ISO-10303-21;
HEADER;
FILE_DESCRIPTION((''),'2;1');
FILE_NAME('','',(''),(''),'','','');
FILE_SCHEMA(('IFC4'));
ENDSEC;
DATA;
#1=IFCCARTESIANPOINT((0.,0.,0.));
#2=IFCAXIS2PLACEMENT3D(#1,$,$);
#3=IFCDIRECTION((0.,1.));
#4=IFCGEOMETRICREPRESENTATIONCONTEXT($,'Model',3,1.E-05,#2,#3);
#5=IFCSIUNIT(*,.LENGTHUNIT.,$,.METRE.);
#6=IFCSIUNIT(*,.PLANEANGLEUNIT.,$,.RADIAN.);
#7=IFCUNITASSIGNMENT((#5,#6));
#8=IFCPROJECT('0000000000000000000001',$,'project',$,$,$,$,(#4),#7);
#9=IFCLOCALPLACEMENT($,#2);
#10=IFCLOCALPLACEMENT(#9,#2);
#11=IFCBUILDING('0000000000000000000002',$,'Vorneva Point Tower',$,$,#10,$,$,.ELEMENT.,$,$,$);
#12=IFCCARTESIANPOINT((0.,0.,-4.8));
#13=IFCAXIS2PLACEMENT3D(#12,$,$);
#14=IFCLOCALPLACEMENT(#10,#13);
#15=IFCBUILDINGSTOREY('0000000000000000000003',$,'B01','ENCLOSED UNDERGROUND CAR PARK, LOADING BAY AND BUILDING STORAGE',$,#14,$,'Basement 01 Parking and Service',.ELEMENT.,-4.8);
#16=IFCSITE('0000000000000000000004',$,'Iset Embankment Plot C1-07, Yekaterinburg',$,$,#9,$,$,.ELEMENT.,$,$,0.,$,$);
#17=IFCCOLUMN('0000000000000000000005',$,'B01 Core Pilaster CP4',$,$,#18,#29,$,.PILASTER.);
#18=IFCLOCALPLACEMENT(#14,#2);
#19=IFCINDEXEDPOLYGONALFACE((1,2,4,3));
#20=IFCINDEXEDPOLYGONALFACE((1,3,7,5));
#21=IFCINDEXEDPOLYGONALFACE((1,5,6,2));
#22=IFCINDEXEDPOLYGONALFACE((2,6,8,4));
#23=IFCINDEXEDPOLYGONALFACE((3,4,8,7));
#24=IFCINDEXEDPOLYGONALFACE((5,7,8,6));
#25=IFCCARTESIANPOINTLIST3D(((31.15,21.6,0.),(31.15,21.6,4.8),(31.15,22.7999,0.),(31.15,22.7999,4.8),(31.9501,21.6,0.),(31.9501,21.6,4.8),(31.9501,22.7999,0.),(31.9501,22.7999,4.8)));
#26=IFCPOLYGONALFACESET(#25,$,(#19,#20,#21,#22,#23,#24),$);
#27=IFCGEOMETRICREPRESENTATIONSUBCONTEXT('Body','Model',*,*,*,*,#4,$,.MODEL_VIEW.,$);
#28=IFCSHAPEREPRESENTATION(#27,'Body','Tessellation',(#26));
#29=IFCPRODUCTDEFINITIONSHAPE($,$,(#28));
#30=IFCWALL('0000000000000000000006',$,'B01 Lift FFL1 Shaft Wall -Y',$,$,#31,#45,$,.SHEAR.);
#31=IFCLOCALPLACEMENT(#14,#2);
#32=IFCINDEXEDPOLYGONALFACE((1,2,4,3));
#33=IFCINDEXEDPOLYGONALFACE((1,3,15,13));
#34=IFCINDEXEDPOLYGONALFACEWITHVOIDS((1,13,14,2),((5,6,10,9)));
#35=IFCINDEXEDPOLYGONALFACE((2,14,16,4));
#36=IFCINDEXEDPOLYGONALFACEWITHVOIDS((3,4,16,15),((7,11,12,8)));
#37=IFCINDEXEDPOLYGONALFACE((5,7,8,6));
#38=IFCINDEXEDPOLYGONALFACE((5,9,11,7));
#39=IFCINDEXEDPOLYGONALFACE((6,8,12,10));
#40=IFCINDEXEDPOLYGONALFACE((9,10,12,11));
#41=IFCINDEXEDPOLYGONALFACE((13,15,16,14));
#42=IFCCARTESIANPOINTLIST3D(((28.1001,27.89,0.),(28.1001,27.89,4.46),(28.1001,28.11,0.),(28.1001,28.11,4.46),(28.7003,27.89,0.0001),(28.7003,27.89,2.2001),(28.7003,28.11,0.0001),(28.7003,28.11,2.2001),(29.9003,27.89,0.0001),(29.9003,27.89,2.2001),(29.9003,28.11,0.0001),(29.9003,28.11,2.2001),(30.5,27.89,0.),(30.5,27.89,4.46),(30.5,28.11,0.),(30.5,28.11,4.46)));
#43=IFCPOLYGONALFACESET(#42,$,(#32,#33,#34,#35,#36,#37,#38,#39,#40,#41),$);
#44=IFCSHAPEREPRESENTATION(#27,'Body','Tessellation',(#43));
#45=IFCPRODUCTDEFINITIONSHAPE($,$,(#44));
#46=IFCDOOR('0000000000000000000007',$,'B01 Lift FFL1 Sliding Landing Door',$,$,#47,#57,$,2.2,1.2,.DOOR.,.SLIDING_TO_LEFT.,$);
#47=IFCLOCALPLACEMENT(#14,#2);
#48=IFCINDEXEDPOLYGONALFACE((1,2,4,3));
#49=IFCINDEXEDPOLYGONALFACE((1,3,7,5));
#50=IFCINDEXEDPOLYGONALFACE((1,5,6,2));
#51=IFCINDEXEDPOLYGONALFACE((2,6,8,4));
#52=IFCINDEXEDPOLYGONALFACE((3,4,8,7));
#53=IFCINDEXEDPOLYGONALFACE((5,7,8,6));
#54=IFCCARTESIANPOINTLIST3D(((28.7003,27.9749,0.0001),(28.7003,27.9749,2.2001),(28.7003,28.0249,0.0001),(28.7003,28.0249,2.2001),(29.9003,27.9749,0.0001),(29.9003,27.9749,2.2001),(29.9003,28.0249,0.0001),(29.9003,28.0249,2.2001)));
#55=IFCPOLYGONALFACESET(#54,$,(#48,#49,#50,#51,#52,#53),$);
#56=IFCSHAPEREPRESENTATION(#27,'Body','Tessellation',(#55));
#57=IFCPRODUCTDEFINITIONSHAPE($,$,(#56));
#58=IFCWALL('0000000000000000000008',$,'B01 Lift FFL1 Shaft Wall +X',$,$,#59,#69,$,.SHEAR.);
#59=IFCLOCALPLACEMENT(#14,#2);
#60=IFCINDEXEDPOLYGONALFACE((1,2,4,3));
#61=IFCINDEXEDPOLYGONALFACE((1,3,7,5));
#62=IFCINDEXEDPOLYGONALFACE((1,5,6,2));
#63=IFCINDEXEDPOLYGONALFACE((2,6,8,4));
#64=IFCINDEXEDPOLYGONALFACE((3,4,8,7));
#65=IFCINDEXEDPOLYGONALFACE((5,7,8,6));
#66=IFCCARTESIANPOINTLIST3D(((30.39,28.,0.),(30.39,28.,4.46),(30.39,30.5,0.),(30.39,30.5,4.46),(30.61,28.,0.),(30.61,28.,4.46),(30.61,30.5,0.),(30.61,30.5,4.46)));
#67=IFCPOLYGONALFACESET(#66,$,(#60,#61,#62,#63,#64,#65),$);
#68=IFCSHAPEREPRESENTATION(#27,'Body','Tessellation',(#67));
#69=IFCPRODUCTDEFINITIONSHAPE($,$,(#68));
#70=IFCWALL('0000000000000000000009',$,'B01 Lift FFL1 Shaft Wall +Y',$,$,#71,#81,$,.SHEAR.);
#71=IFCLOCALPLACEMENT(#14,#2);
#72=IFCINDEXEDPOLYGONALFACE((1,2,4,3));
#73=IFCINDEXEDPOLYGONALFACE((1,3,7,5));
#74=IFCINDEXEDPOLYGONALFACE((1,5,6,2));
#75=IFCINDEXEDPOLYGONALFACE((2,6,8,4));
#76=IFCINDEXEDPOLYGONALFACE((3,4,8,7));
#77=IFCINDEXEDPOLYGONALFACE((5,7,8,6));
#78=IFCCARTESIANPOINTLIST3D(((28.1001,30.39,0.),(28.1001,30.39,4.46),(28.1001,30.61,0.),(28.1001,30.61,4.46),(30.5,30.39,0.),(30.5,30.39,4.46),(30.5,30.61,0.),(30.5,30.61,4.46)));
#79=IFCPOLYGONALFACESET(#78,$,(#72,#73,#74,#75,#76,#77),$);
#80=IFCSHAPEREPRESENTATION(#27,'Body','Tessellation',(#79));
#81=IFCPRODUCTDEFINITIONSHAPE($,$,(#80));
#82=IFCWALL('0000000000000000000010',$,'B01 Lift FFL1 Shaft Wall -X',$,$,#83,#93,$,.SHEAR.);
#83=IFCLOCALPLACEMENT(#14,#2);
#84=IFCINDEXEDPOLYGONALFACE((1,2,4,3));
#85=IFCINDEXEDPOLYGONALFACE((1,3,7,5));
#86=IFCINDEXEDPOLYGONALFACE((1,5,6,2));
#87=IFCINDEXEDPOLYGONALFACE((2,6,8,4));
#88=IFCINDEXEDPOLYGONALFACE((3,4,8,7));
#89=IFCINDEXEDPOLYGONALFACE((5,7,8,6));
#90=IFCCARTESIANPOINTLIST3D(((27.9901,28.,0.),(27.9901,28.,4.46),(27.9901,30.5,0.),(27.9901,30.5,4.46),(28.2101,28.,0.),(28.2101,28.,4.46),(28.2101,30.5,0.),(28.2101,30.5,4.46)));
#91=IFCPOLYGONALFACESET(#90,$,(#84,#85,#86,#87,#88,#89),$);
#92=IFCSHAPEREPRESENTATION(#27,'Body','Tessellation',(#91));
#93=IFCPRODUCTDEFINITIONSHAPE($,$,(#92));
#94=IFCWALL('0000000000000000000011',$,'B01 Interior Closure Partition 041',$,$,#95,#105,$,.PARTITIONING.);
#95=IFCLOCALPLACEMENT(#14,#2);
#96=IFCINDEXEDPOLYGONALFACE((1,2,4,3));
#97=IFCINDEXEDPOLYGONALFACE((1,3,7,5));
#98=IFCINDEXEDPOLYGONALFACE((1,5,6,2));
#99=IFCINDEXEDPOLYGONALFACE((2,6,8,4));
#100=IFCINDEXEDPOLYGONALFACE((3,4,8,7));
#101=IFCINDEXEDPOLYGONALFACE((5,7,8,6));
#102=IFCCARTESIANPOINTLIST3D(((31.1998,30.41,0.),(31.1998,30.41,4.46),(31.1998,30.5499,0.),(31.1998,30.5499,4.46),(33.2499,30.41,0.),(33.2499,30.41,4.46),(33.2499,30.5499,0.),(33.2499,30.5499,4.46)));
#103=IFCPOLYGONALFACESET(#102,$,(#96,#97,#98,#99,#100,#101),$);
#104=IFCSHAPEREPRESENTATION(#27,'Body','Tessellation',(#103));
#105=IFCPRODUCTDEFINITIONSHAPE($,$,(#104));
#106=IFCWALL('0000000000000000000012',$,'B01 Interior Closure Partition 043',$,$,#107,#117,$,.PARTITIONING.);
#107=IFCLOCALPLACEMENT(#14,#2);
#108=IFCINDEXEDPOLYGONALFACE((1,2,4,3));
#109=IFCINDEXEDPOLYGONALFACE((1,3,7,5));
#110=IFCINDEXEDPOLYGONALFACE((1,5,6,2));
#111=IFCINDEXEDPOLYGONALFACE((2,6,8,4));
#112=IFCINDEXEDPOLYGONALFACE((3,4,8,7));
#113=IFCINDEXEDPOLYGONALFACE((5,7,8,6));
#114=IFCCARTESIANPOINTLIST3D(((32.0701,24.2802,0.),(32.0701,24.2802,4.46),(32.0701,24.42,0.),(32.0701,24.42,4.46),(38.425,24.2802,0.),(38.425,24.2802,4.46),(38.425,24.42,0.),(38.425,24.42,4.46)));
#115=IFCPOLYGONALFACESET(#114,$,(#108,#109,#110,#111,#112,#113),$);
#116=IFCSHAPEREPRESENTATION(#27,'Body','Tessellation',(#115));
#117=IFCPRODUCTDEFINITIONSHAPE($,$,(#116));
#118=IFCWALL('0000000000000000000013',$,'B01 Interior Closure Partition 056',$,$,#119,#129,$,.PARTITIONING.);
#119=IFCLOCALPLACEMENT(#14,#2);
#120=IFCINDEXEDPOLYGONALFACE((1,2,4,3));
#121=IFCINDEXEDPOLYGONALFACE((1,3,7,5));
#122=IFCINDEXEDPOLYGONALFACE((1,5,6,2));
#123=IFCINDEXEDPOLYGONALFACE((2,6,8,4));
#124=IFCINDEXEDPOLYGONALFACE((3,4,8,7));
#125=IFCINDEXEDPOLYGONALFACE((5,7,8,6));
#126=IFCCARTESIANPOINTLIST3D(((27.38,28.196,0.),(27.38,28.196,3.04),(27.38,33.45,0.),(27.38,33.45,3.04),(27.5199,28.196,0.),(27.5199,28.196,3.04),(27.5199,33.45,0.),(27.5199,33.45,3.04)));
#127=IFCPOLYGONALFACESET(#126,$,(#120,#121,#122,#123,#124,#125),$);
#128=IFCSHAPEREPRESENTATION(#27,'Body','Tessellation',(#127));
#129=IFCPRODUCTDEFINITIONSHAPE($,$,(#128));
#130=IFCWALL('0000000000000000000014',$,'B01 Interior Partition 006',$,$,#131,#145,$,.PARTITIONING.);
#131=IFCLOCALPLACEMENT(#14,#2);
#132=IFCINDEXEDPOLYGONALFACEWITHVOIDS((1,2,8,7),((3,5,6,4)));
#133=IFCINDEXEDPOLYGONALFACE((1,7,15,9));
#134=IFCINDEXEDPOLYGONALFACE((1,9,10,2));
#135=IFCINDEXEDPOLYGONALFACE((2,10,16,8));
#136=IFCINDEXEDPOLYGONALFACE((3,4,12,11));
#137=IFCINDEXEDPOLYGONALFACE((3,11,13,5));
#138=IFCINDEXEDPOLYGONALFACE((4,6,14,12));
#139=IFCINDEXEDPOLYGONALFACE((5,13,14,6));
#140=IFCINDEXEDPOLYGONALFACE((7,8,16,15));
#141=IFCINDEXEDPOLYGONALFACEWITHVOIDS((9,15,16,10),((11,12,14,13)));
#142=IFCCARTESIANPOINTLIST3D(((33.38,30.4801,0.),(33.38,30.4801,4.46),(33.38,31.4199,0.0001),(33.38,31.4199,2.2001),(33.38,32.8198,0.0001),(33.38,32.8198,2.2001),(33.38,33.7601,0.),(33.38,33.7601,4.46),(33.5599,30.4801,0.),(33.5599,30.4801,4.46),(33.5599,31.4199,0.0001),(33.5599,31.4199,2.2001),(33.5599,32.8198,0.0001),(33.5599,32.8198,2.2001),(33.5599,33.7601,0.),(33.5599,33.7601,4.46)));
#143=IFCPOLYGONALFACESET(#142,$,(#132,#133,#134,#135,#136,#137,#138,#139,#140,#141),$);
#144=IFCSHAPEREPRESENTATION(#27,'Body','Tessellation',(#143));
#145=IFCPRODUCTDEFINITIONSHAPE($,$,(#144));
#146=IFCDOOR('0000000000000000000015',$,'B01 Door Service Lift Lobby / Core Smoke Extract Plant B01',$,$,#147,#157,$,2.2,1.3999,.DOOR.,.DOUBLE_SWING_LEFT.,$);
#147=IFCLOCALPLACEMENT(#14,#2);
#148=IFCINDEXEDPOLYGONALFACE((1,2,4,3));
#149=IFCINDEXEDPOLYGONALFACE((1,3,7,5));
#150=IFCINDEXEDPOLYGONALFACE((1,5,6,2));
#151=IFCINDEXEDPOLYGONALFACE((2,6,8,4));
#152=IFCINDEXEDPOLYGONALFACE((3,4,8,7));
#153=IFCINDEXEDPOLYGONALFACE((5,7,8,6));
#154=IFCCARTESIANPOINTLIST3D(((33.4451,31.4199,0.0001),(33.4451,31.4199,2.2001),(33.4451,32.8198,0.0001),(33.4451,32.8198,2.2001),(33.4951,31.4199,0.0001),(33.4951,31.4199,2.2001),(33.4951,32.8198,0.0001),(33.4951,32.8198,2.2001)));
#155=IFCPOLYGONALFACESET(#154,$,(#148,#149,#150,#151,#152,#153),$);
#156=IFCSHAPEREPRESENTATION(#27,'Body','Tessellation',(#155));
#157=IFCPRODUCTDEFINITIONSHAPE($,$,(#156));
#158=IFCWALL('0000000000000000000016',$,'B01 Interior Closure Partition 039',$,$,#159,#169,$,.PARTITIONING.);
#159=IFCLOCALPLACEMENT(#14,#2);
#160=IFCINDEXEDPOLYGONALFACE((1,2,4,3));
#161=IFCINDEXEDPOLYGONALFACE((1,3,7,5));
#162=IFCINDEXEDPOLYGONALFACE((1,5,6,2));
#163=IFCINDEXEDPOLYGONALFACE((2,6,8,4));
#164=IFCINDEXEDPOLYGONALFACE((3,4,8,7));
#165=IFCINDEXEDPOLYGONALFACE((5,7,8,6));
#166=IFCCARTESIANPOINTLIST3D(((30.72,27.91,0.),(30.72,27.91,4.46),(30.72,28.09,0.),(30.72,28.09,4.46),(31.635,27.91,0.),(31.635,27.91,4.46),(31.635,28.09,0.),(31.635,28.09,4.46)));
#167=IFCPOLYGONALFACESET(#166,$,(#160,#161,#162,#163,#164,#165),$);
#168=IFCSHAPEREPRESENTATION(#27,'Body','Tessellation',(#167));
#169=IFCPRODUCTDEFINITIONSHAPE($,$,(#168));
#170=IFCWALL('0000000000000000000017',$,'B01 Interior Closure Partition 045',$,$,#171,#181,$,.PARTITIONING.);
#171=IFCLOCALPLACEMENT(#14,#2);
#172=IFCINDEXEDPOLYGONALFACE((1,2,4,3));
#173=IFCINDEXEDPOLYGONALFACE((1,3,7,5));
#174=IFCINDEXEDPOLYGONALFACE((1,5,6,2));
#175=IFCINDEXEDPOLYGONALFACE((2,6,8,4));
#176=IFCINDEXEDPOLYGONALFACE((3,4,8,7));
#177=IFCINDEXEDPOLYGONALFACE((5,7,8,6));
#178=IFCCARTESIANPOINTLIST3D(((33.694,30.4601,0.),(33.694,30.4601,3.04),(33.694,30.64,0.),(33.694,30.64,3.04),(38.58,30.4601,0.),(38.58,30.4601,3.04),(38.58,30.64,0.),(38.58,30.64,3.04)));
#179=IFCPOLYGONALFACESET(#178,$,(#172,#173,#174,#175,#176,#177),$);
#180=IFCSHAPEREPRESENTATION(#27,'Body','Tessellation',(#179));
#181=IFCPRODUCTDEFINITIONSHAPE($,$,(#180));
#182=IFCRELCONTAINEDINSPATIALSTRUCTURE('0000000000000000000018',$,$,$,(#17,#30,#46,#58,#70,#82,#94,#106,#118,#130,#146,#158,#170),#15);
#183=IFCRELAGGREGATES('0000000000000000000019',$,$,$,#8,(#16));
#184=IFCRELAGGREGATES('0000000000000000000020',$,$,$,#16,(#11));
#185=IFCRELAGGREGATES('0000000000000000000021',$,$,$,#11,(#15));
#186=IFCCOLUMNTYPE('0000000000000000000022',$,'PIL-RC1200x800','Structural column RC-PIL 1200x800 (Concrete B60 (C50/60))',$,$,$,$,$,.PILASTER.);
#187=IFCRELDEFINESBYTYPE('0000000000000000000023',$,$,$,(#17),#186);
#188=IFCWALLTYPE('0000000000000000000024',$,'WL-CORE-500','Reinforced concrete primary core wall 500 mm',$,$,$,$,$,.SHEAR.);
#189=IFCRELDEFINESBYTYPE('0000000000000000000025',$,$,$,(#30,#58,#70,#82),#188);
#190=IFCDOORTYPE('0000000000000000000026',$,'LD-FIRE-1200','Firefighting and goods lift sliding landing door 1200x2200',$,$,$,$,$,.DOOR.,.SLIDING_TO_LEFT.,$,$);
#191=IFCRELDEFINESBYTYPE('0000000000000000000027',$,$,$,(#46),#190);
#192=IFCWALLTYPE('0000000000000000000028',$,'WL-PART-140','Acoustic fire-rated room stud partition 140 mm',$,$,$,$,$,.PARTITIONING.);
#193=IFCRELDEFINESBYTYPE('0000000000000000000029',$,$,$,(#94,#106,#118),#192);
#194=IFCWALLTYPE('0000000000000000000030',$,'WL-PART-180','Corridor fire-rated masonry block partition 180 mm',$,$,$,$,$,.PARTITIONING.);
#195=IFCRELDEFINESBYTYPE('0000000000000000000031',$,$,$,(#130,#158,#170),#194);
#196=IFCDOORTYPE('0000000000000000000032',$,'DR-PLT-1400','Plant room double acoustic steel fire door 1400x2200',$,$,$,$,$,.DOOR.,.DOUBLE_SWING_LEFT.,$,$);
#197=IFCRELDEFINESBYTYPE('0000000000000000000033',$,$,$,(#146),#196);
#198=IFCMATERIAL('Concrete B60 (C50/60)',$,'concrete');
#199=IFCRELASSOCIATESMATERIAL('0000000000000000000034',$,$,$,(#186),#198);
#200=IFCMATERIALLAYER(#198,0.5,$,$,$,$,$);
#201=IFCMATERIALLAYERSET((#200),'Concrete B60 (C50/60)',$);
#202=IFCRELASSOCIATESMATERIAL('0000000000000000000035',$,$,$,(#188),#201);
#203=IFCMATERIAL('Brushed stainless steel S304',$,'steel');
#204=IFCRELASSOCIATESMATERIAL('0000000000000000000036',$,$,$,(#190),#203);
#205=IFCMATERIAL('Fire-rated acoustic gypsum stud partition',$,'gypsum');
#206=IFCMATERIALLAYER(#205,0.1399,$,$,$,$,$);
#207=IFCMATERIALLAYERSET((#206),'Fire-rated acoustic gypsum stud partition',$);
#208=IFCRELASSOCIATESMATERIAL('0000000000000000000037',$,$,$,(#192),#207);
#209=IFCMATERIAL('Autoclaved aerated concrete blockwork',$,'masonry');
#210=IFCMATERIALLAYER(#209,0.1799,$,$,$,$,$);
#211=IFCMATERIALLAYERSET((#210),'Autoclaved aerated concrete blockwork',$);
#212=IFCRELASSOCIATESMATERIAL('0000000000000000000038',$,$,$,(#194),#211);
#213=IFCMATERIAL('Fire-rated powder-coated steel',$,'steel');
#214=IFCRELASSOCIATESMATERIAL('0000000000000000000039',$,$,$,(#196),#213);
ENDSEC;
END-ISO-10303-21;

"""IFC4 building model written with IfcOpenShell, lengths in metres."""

from ifc_helpers import new_model, si_unit, direction, frame, frame_2d, origin, origin_2d, place, context, subcontext, project, spatial, rectangle, extrude, material, layer, layer_set, material_profile, profile_set, type_object, element, fill, save


model = new_model("IFC4")

# Units and contexts
model_context = context("Model", 3, precision=1e-05, world=origin(), true_north=direction((0.0, 1.0)))
body_context = subcontext(model_context, "Body", "Model", "MODEL_VIEW")
ifc_project = project(units=[si_unit("LENGTHUNIT", "METRE"), si_unit("PLANEANGLEUNIT", "RADIAN")], contexts=[model_context])

# Site, building, storey
site_placement = place(None, origin())
site = spatial("IfcSite", under=ifc_project, at=site_placement, Name="Iset Embankment Plot C1-07, Yekaterinburg", CompositionType="ELEMENT", RefElevation=0.0)
building_placement = place(site_placement, origin())
building = spatial("IfcBuilding", under=site, at=building_placement, Name="Vorneva Point Tower", CompositionType="ELEMENT")
storey_placement = place(building_placement, frame((0.0, 0.0, -4.8)))
storey = spatial("IfcBuildingStorey", under=building, at=storey_placement, Name="B01", Description="ENCLOSED UNDERGROUND CAR PARK, LOADING BAY AND BUILDING STORAGE", LongName="Basement 01 Parking and Service", CompositionType="ELEMENT", Elevation=-4.8)

# Column
ifc_material_1 = material(Name="Concrete B60 (C50/60)", Category="concrete")
ifc_material_profile = material_profile(ifc_material_1, rectangle(XDim=0.8, YDim=1.2, at=origin_2d()), Name="RC-PIL 1200x800")
ifc_profile_set = profile_set([ifc_material_profile], Name="Concrete B60 (C50/60)")
column_type = type_object("IfcColumnType", Name="PIL-RC1200x800", Description="Structural column RC-PIL 1200x800 (Concrete B60 (C50/60))", PredefinedType="PILASTER", material=ifc_profile_set)
column_placement = place(storey_placement, frame((31.55, 22.2, 0.0), z_axis=(0.0, 0.0, 1.0), x_axis=(1.0, 0.0, 0.0)))
element("IfcColumn", 1, at=column_placement, inside=storey, type_object=column_type, Name="B01 Core Pilaster CP4", PredefinedType="PILASTER", context=body_context, shape_type="SweptSolid", body=[
    extrude(rectangle(XDim=0.8, YDim=1.2, at=origin_2d()), origin(), (0.0, 0.0, 1.0), 4.8),
])

# Wall, opening, door
ifc_layer_1 = layer(ifc_material_1, 0.5)
ifc_layer_set_1 = layer_set([ifc_layer_1], Name="Concrete B60 (C50/60)")
wall_type_1 = type_object("IfcWallType", Name="WL-CORE-500", Description="Reinforced concrete primary core wall 500 mm", PredefinedType="SHEAR", material=ifc_layer_set_1)
wall_1_placement = place(storey_placement, frame((28.1001, 28.0, 0.0), z_axis=(0.0, 0.0, 1.0), x_axis=(1.0, 0.0, 0.0)))
wall_1 = element("IfcWall", 2, at=wall_1_placement, inside=storey, type_object=wall_type_1, Name="B01 Lift FFL1 Shaft Wall -Y", PredefinedType="SHEAR", context=body_context, shape_type="SweptSolid", body=[
    extrude(rectangle(XDim=2.3999, YDim=0.22, at=frame_2d((1.2, 0.0))), origin(), (0.0, 0.0, 1.0), 4.46),
])
opening_1_placement = place(wall_1_placement, frame((0.6001, 0.0, 0.0)))
opening_1 = element("IfcOpeningElement", 3, at=opening_1_placement, cuts=wall_1, PredefinedType="OPENING", context=body_context, shape_type="SweptSolid", body=[
    extrude(rectangle(XDim=1.2, YDim=2.2, at=frame_2d((0.6001, 1.1001))), frame((0.0, 0.125, 0.0), z_axis=(0.0, -1.0, 0.0), x_axis=(1.0, 0.0, 0.0)), (0.0, 0.0, 1.0), 0.2498),
])
ifc_material_2 = material(Name="Brushed stainless steel S304", Category="steel")
door_type_1 = type_object("IfcDoorType", Name="LD-FIRE-1200", Description="Firefighting and goods lift sliding landing door 1200x2200", OperationType="SLIDING_TO_LEFT", PredefinedType="DOOR", material=ifc_material_2)
door_1_placement = place(opening_1_placement, origin())
door_1 = element("IfcDoor", 4, at=door_1_placement, inside=storey, type_object=door_type_1, Name="B01 Lift FFL1 Sliding Landing Door", OperationType="SLIDING_TO_LEFT", OverallHeight=2.2, OverallWidth=1.2, PredefinedType="DOOR", context=body_context, shape_type="SweptSolid", body=[
    extrude(rectangle(XDim=1.2, YDim=2.2, at=frame_2d((0.6001, 1.1001))), frame((0.0, 0.0249, 0.0), z_axis=(0.0, -1.0, 0.0), x_axis=(1.0, 0.0, 0.0)), (0.0, 0.0, 1.0), 0.05),
])
fill(opening_1, door_1)

# Walls
wall_2_placement = place(storey_placement, frame((30.5, 28.0, 0.0), z_axis=(0.0, 0.0, 1.0), x_axis=(0.0, 1.0, 0.0)))
element("IfcWall", 5, at=wall_2_placement, inside=storey, type_object=wall_type_1, Name="B01 Lift FFL1 Shaft Wall +X", PredefinedType="SHEAR", context=body_context, shape_type="SweptSolid", body=[
    extrude(rectangle(XDim=2.5, YDim=0.22, at=frame_2d((1.25, 0.0))), origin(), (0.0, 0.0, 1.0), 4.46),
])
wall_3_placement = place(storey_placement, frame((30.5, 30.5, 0.0), z_axis=(0.0, 0.0, 1.0), x_axis=(-1.0, 0.0, 0.0)))
element("IfcWall", 6, at=wall_3_placement, inside=storey, type_object=wall_type_1, Name="B01 Lift FFL1 Shaft Wall +Y", PredefinedType="SHEAR", context=body_context, shape_type="SweptSolid", body=[
    extrude(rectangle(XDim=2.3999, YDim=0.22, at=frame_2d((1.2, 0.0))), origin(), (0.0, 0.0, 1.0), 4.46),
])
wall_4_placement = place(storey_placement, frame((28.1001, 30.5, 0.0), z_axis=(0.0, 0.0, 1.0), x_axis=(0.0, -1.0, 0.0)))
element("IfcWall", 7, at=wall_4_placement, inside=storey, type_object=wall_type_1, Name="B01 Lift FFL1 Shaft Wall -X", PredefinedType="SHEAR", context=body_context, shape_type="SweptSolid", body=[
    extrude(rectangle(XDim=2.5, YDim=0.22, at=frame_2d((1.25, 0.0))), origin(), (0.0, 0.0, 1.0), 4.46),
])
ifc_material_3 = material(Name="Fire-rated acoustic gypsum stud partition", Category="gypsum")
ifc_layer_2 = layer(ifc_material_3, 0.1399)
ifc_layer_set_2 = layer_set([ifc_layer_2], Name="Fire-rated acoustic gypsum stud partition")
wall_type_2 = type_object("IfcWallType", Name="WL-PART-140", Description="Acoustic fire-rated room stud partition 140 mm", PredefinedType="PARTITIONING", material=ifc_layer_set_2)
wall_5_placement = place(storey_placement, frame((31.2, 30.48, 0.0), z_axis=(0.0, 0.0, 1.0), x_axis=(1.0, 0.0, 0.0)))
element("IfcWall", 8, at=wall_5_placement, inside=storey, type_object=wall_type_2, Name="B01 Interior Closure Partition 041", PredefinedType="PARTITIONING", context=body_context, shape_type="SweptSolid", body=[
    extrude(rectangle(XDim=2.05, YDim=0.1399, at=frame_2d((1.0249, 0.0))), origin(), (0.0, 0.0, 1.0), 4.46),
])
wall_6_placement = place(storey_placement, frame((32.0701, 24.3501, 0.0), z_axis=(0.0, 0.0, 1.0), x_axis=(1.0, 0.0, 0.0)))
element("IfcWall", 9, at=wall_6_placement, inside=storey, type_object=wall_type_2, Name="B01 Interior Closure Partition 043", PredefinedType="PARTITIONING", context=body_context, shape_type="SweptSolid", body=[
    extrude(rectangle(XDim=6.355, YDim=0.1399, at=frame_2d((3.1775, 0.0))), origin(), (0.0, 0.0, 1.0), 4.46),
])
wall_7_placement = place(storey_placement, frame((27.45, 28.196, 0.0), z_axis=(0.0, 0.0, 1.0), x_axis=(0.0, 1.0, 0.0)))
element("IfcWall", 10, at=wall_7_placement, inside=storey, type_object=wall_type_2, Name="B01 Interior Closure Partition 056", PredefinedType="PARTITIONING", context=body_context, shape_type="SweptSolid", body=[
    extrude(rectangle(XDim=5.2539, YDim=0.1399, at=frame_2d((2.627, 0.0))), origin(), (0.0, 0.0, 1.0), 3.04),
])

# Wall, opening, door
ifc_material_4 = material(Name="Autoclaved aerated concrete blockwork", Category="masonry")
ifc_layer_3 = layer(ifc_material_4, 0.1799)
ifc_layer_set_3 = layer_set([ifc_layer_3], Name="Autoclaved aerated concrete blockwork")
wall_type_3 = type_object("IfcWallType", Name="WL-PART-180", Description="Corridor fire-rated masonry block partition 180 mm", PredefinedType="PARTITIONING", material=ifc_layer_set_3)
ifc_material_5 = material(Name="Fire-rated powder-coated steel", Category="steel")
wall_8_placement = place(storey_placement, frame((33.47, 30.48, 0.0), z_axis=(0.0, 0.0, 1.0), x_axis=(0.0, 1.0, 0.0)))
wall_8 = element("IfcWall", 11, at=wall_8_placement, inside=storey, type_object=wall_type_3, Name="B01 Interior Partition 006", PredefinedType="PARTITIONING", context=body_context, shape_type="SweptSolid", body=[
    extrude(rectangle(XDim=3.28, YDim=0.1799, at=frame_2d((1.6401, 0.0))), origin(), (0.0, 0.0, 1.0), 4.46),
])
opening_2_placement = place(wall_8_placement, frame((0.9399, 0.0, 0.0)))
opening_2 = element("IfcOpeningElement", 12, at=opening_2_placement, cuts=wall_8, PredefinedType="OPENING", context=body_context, shape_type="SweptSolid", body=[
    extrude(rectangle(XDim=1.3999, YDim=2.2, at=frame_2d((0.7, 1.1001))), frame((0.0, 0.105, 0.0), z_axis=(0.0, -1.0, 0.0), x_axis=(1.0, 0.0, 0.0)), (0.0, 0.0, 1.0), 0.2097),
])
door_type_2 = type_object("IfcDoorType", Name="DR-PLT-1400", Description="Plant room double acoustic steel fire door 1400x2200", OperationType="DOUBLE_SWING_LEFT", PredefinedType="DOOR", material=ifc_material_5)
door_2_placement = place(opening_2_placement, origin())
door_2 = element("IfcDoor", 13, at=door_2_placement, inside=storey, type_object=door_type_2, Name="B01 Door Service Lift Lobby / Core Smoke Extract Plant B01", OperationType="DOUBLE_SWING_LEFT", OverallHeight=2.2, OverallWidth=1.3999, PredefinedType="DOOR", context=body_context, shape_type="SweptSolid", body=[
    extrude(rectangle(XDim=1.3999, YDim=2.2, at=frame_2d((0.7, 1.1001))), frame((0.0, 0.0249, 0.0), z_axis=(0.0, -1.0, 0.0), x_axis=(1.0, 0.0, 0.0)), (0.0, 0.0, 1.0), 0.05),
])
fill(opening_2, door_2)

# Walls
wall_9_placement = place(storey_placement, frame((31.635, 28.0, 0.0), z_axis=(0.0, 0.0, 1.0), x_axis=(-1.0, 0.0, 0.0)))
element("IfcWall", 14, at=wall_9_placement, inside=storey, type_object=wall_type_3, Name="B01 Interior Closure Partition 039", PredefinedType="PARTITIONING", context=body_context, shape_type="SweptSolid", body=[
    extrude(rectangle(XDim=0.915, YDim=0.1799, at=frame_2d((0.4575, 0.0))), origin(), (0.0, 0.0, 1.0), 4.46),
])
wall_10_placement = place(storey_placement, frame((33.6941, 30.55, 0.0), z_axis=(0.0, 0.0, 1.0), x_axis=(1.0, 0.0, 0.0)))
element("IfcWall", 15, at=wall_10_placement, inside=storey, type_object=wall_type_3, Name="B01 Interior Closure Partition 045", PredefinedType="PARTITIONING", context=body_context, shape_type="SweptSolid", body=[
    extrude(rectangle(XDim=4.886, YDim=0.1799, at=frame_2d((2.4429, 0.0))), origin(), (0.0, 0.0, 1.0), 3.04),
])

save(model, "model.ifc")
